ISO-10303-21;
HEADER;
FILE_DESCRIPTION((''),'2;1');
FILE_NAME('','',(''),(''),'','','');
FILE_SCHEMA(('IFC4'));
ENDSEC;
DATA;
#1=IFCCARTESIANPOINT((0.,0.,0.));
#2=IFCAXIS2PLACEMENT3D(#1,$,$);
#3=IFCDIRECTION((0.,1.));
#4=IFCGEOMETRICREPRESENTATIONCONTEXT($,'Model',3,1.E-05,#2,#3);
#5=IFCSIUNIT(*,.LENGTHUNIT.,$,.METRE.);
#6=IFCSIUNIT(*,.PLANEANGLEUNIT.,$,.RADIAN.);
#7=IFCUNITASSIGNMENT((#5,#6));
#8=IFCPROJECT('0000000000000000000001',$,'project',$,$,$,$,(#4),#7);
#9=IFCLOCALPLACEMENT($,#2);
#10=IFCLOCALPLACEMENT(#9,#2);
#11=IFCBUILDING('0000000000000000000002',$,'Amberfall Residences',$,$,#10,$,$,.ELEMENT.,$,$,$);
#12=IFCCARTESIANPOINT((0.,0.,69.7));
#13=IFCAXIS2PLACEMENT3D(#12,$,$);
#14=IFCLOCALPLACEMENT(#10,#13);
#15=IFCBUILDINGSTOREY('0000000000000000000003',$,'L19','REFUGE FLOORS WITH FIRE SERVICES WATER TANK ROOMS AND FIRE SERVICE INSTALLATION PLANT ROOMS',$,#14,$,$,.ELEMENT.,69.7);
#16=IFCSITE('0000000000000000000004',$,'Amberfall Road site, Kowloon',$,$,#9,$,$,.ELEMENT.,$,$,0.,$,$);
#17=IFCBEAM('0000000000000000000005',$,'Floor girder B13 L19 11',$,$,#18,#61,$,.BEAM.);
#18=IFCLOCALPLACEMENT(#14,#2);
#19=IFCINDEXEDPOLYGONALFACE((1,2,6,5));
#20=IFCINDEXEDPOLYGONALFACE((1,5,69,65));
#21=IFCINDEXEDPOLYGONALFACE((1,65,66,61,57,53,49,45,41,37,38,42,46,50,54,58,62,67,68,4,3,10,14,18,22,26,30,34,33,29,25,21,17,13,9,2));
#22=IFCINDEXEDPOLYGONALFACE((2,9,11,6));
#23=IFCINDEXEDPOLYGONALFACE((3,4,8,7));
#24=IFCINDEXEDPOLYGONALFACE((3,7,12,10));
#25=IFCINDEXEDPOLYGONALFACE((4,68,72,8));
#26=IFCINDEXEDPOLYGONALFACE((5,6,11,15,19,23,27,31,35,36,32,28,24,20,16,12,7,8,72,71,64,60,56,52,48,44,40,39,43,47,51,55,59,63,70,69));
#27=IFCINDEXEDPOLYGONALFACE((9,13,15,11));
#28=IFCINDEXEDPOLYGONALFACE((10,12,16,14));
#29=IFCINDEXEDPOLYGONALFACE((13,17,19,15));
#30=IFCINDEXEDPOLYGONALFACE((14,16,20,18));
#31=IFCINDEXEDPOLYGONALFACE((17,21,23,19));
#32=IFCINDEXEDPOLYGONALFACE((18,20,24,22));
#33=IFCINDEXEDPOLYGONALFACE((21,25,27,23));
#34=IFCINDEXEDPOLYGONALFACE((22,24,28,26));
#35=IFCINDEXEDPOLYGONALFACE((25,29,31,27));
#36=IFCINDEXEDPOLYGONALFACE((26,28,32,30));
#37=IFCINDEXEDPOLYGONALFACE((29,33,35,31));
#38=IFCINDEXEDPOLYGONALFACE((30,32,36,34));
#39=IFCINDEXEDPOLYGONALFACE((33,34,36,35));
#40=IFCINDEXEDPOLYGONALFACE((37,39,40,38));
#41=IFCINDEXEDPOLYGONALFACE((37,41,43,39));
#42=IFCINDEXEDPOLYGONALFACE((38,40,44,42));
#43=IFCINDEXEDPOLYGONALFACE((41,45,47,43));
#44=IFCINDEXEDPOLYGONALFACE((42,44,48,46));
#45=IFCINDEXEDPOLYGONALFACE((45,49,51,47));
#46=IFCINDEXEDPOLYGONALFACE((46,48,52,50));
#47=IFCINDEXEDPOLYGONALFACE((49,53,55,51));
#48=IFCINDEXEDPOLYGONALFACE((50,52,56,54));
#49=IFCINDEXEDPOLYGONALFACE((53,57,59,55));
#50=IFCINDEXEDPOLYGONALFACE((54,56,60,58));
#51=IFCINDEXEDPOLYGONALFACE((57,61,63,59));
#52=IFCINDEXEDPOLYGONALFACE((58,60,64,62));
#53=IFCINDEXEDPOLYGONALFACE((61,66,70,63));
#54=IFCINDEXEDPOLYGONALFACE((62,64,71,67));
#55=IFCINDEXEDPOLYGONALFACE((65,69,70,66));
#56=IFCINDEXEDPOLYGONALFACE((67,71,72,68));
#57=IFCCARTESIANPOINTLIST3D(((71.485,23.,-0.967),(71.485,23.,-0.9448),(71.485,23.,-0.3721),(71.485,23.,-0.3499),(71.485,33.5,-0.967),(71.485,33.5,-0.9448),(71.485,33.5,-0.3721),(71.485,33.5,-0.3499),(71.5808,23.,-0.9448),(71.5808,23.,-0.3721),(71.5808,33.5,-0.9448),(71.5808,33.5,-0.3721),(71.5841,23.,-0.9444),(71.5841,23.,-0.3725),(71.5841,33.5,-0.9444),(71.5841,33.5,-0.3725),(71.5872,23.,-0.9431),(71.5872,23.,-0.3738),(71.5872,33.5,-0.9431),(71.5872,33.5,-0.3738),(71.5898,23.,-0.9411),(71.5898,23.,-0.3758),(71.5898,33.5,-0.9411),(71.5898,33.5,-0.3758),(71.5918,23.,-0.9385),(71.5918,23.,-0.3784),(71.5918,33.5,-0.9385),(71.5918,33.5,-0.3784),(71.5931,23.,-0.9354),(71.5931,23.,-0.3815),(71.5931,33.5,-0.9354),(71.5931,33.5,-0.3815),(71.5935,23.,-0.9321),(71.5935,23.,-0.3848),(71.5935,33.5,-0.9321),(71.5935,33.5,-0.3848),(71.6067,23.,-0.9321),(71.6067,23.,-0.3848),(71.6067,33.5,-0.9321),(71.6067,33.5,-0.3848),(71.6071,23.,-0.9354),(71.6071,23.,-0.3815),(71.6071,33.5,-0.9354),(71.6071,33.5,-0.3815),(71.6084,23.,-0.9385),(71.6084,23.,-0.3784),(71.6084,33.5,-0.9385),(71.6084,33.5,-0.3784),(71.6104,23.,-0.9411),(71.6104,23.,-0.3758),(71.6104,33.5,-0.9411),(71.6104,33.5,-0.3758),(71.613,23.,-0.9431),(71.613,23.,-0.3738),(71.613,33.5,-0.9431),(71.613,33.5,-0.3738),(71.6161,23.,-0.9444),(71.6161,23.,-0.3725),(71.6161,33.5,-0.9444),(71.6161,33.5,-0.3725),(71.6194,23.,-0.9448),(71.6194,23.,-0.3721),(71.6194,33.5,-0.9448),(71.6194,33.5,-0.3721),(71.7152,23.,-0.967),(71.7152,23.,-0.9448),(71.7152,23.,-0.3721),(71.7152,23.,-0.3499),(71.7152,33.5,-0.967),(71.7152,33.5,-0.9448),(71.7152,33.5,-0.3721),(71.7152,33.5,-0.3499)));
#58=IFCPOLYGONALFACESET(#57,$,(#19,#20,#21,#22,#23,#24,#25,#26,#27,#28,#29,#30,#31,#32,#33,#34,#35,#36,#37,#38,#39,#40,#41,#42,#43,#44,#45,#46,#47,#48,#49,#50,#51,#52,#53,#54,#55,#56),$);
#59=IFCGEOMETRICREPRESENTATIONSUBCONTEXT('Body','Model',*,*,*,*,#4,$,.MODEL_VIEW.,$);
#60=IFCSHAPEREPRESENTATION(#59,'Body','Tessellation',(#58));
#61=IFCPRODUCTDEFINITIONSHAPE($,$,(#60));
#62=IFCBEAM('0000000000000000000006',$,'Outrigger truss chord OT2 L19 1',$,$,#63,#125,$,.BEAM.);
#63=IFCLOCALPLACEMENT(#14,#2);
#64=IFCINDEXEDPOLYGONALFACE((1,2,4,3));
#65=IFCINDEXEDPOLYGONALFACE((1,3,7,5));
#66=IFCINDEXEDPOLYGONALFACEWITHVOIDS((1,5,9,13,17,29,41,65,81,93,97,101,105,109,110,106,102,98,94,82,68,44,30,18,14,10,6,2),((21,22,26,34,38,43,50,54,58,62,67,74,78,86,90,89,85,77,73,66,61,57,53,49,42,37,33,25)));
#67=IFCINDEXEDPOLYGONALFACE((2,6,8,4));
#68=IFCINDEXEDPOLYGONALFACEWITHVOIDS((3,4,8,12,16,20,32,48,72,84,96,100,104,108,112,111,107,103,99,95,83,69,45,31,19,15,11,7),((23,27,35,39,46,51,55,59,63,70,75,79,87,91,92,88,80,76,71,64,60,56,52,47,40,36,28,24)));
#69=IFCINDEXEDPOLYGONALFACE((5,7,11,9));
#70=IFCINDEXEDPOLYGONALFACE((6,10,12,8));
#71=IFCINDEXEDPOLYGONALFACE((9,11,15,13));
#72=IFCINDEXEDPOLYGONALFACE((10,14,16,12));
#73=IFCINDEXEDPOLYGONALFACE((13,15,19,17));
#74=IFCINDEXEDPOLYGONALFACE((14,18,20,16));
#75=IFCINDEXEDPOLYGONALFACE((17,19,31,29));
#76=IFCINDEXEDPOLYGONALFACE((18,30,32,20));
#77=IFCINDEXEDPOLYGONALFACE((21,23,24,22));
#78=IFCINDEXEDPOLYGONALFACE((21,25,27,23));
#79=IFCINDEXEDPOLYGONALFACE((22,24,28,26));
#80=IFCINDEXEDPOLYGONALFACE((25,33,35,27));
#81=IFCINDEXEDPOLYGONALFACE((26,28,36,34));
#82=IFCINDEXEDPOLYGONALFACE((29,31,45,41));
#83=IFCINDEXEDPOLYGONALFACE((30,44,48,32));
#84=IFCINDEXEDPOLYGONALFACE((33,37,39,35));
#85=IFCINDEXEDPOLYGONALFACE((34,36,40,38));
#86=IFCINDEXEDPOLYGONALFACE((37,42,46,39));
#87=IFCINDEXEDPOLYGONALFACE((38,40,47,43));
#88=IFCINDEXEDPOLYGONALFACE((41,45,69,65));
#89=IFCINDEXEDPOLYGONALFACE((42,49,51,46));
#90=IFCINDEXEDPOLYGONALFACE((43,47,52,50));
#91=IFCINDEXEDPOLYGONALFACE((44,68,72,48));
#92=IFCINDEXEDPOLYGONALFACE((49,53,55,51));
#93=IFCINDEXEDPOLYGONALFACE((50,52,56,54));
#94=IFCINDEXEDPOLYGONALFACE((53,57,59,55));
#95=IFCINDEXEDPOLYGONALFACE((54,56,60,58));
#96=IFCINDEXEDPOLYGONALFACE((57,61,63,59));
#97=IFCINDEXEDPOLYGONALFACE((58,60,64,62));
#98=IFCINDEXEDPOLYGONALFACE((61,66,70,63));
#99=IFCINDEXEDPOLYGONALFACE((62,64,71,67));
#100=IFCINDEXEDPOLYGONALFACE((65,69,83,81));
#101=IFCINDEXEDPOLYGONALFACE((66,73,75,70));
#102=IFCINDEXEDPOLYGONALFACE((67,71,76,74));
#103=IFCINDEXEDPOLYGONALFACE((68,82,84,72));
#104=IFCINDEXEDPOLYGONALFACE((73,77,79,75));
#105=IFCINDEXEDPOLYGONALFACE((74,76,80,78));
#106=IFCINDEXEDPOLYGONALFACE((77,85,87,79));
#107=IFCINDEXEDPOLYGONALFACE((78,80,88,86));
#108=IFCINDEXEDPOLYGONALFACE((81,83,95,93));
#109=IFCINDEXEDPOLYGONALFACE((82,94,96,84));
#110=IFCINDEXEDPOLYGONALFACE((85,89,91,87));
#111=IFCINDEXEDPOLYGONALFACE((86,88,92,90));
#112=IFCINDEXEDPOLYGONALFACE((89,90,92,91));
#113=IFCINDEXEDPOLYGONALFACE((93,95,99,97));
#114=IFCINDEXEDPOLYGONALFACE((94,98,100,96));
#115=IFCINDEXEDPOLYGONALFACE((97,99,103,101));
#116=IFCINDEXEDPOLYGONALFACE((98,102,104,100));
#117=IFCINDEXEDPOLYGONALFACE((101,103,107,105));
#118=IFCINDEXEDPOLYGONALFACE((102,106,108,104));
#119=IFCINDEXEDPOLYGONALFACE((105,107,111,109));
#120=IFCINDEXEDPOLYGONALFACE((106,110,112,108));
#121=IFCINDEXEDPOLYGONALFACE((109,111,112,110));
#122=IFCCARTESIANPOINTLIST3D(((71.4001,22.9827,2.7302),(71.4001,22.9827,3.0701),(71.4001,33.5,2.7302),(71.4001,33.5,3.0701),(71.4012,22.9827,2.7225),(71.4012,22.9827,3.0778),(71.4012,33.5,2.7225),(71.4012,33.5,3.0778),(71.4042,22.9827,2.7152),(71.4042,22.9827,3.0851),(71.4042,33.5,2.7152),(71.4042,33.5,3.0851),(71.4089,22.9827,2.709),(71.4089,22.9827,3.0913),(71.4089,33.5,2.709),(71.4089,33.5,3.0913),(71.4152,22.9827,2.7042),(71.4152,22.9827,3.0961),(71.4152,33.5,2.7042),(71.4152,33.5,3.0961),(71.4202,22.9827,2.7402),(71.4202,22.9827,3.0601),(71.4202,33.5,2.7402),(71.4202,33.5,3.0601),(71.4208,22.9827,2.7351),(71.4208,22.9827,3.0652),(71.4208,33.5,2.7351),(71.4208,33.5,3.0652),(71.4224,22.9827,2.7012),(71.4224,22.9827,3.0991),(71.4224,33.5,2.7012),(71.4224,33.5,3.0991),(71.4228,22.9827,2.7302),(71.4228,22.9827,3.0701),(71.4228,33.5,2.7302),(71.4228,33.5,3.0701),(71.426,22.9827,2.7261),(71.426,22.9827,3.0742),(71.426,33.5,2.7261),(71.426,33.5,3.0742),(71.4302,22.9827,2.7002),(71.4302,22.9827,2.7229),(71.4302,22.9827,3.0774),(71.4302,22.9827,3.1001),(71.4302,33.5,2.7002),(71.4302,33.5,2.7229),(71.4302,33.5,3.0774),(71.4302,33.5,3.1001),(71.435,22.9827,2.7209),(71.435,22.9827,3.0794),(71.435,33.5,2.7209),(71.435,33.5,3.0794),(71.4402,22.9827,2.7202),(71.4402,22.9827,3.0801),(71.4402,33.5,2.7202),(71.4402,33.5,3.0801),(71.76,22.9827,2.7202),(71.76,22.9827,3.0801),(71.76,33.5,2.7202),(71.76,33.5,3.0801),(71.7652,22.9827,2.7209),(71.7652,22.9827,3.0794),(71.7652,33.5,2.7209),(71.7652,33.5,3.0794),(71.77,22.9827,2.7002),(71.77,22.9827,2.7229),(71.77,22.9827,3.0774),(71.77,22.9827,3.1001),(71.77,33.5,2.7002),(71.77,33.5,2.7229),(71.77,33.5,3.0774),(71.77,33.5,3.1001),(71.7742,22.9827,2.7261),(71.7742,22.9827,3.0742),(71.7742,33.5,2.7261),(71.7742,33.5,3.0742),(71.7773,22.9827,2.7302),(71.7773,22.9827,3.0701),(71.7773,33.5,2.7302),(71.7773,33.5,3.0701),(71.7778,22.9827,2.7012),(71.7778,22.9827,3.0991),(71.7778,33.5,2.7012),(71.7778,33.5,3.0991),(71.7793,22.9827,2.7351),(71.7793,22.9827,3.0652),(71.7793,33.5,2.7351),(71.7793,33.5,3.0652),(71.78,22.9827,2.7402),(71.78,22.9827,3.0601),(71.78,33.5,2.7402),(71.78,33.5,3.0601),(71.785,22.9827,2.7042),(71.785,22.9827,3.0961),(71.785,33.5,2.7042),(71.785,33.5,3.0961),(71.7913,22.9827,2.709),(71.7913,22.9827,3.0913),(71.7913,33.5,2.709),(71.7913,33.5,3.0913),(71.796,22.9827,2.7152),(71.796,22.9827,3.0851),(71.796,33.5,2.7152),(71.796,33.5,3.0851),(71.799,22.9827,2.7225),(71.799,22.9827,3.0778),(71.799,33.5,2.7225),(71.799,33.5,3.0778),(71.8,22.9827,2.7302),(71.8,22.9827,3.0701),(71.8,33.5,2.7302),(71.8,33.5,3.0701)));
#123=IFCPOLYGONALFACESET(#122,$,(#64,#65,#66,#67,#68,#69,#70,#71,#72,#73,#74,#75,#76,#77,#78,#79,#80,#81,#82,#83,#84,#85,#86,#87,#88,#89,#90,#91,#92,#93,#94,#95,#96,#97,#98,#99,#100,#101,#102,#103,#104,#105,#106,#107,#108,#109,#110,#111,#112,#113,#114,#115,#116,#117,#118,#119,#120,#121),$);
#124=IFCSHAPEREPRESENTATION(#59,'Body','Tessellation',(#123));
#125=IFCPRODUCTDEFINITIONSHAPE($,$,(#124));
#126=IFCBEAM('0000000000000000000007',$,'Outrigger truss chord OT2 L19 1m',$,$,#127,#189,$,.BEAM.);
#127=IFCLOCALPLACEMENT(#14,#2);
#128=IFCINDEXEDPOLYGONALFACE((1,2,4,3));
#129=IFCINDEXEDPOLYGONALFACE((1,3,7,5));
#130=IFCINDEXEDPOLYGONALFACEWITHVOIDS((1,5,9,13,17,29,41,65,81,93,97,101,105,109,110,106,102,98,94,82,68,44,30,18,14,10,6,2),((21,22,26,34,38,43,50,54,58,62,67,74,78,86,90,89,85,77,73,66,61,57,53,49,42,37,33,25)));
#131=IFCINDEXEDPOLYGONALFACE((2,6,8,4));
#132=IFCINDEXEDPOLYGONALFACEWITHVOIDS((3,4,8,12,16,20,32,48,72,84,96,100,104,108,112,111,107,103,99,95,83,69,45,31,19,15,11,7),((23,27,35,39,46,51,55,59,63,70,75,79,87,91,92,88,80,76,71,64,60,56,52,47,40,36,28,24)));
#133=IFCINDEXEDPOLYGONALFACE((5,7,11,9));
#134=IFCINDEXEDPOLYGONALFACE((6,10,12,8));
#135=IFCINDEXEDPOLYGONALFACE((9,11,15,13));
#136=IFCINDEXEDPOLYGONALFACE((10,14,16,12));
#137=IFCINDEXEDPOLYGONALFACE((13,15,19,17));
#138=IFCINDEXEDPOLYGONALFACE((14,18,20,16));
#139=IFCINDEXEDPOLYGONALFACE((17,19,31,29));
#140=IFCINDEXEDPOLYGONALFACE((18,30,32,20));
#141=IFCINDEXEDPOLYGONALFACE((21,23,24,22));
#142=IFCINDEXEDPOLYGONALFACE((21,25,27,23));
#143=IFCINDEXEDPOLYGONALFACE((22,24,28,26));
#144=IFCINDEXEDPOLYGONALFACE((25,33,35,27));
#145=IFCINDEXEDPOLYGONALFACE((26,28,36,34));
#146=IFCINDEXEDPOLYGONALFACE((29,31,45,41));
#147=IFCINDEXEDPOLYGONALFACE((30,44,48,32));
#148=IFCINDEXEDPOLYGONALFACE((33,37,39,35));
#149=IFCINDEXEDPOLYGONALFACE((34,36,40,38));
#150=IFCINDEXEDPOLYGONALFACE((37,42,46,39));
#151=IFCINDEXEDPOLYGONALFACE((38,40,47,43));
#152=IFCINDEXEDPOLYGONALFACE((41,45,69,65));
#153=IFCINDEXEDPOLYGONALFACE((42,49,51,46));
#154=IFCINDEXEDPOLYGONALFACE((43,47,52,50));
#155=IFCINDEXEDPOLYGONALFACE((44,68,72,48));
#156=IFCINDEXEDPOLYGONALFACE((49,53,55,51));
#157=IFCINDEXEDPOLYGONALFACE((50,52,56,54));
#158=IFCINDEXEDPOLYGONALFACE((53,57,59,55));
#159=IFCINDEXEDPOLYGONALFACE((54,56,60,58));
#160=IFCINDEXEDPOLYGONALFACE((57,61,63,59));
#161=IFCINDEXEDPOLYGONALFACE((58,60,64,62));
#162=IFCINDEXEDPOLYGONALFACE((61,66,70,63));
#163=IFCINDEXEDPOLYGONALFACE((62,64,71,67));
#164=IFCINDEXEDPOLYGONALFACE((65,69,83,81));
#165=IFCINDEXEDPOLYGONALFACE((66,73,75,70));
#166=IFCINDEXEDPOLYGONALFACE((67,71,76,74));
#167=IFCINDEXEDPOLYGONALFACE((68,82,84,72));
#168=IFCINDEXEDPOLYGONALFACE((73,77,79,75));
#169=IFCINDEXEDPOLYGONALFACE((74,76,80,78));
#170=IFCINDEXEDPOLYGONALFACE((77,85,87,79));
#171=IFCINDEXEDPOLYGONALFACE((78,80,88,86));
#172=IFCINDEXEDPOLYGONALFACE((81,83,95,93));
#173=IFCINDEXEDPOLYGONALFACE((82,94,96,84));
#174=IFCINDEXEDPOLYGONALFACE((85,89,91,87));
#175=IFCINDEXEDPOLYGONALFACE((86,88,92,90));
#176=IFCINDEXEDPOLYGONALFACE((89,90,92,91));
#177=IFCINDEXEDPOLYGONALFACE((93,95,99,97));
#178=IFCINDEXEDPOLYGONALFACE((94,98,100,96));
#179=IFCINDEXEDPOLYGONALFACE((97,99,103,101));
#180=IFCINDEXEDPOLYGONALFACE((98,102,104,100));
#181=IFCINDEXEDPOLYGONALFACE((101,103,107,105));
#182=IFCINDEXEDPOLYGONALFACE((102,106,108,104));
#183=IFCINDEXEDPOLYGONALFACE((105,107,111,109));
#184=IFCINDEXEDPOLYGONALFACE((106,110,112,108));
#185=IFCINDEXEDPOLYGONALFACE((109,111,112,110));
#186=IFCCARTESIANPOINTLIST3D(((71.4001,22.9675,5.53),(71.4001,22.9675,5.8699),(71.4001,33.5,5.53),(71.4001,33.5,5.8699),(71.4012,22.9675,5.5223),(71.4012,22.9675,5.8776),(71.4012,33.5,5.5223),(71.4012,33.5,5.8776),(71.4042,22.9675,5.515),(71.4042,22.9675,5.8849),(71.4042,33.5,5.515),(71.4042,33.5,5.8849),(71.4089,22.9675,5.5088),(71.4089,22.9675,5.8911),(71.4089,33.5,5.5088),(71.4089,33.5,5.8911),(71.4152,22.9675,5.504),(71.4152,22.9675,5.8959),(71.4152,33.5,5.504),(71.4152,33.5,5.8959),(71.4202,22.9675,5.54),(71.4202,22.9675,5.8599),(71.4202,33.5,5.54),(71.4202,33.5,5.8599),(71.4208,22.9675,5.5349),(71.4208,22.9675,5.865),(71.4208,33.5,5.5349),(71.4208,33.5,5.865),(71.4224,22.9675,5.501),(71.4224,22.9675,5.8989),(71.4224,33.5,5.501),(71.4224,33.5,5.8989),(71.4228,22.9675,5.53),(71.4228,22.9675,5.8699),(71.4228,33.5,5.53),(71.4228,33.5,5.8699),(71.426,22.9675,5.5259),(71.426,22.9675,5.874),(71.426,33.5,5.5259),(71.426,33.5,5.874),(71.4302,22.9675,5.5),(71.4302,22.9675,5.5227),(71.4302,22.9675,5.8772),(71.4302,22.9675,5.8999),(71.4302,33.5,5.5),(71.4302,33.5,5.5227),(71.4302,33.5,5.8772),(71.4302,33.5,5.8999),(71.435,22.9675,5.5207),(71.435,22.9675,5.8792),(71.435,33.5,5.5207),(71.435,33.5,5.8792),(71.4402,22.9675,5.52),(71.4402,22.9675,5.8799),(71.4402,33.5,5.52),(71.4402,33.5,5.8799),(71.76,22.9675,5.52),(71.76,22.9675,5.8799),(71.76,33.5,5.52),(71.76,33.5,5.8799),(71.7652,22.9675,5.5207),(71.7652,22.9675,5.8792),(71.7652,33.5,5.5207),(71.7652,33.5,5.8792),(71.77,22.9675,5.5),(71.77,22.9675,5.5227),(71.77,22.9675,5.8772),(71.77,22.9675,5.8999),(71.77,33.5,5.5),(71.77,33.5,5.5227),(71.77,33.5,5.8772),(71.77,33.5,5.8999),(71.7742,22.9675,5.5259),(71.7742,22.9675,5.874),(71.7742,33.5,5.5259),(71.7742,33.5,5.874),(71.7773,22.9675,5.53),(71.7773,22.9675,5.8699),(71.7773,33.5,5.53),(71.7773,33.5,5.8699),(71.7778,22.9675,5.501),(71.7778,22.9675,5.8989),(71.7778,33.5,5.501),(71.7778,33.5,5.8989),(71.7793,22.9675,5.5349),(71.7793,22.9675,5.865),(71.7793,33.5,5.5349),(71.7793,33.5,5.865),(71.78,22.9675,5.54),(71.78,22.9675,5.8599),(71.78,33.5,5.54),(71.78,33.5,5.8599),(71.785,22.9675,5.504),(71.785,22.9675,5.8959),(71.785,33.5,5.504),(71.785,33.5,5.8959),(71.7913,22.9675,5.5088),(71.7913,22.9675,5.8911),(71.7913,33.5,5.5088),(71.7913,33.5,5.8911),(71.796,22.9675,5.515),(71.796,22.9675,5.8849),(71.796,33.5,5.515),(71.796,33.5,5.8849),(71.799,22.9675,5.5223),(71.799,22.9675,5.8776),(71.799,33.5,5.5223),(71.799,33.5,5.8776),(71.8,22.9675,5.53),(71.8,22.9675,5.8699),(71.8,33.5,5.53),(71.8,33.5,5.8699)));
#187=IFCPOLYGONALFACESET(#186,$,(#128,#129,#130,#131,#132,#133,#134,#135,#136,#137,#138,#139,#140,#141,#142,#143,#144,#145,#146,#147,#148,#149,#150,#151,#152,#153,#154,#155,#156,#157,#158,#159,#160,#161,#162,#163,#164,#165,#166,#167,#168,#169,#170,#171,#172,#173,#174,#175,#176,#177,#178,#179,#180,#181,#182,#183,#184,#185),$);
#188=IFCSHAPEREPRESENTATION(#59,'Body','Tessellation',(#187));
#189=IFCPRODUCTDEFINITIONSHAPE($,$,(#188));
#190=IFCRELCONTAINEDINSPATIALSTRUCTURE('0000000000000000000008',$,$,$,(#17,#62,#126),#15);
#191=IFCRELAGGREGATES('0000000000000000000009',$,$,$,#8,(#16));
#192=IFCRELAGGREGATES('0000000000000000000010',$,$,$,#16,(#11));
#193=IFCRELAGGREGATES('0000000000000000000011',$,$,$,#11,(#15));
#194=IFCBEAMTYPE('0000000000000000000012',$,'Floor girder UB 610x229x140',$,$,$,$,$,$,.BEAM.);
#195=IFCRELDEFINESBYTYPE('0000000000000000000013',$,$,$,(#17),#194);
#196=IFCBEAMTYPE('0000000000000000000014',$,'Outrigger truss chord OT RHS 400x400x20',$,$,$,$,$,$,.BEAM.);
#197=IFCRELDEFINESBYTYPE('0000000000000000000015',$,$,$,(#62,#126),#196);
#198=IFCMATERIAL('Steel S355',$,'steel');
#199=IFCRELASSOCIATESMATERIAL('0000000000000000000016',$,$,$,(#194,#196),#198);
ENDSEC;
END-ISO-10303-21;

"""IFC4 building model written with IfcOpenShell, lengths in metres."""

from ifc_helpers import new_model, si_unit, direction, frame, origin, origin_2d, place, context, subcontext, project, spatial, hollow_rectangle, i_section, extrude, material, material_profile, profile_set, type_object, element, save


model = new_model("IFC4")

# Units and contexts
model_context = context("Model", 3, precision=1e-05, world=origin(), true_north=direction((0.0, 1.0)))
body_context = subcontext(model_context, "Body", "Model", "MODEL_VIEW")
ifc_project = project(units=[si_unit("LENGTHUNIT", "METRE"), si_unit("PLANEANGLEUNIT", "RADIAN")], contexts=[model_context])

# Site, building, storey
site_placement = place(None, origin())
site = spatial("IfcSite", under=ifc_project, at=site_placement, Name="Amberfall Road site, Kowloon", CompositionType="ELEMENT", RefElevation=0.0)
building_placement = place(site_placement, origin())
building = spatial("IfcBuilding", under=site, at=building_placement, Name="Amberfall Residences", CompositionType="ELEMENT")
storey_placement = place(building_placement, frame((0.0, 0.0, 69.7)))
storey = spatial("IfcBuildingStorey", under=building, at=storey_placement, Name="L19", Description="REFUGE FLOORS WITH FIRE SERVICES WATER TANK ROOMS AND FIRE SERVICE INSTALLATION PLANT ROOMS", CompositionType="ELEMENT", Elevation=69.7)

# Shared definitions
ifc_material_1 = material(Name="Steel S355", Category="steel")

# Beams
ifc_material_profile_1 = material_profile(ifc_material_1, i_section(OverallWidth=0.2302, OverallDepth=0.6172, WebThickness=0.0132, FlangeThickness=0.0222, FilletRadius=0.0127, at=origin_2d()), Name="UB 610x229x140")
ifc_profile_set_1 = profile_set([ifc_material_profile_1], Name="Steel S355")
beam_type_1 = type_object("IfcBeamType", Name="Floor girder UB 610x229x140", PredefinedType="BEAM", material=ifc_profile_set_1)
for number, where, z_axis, x_axis, name in (
    (1, (71.6001, 23.0, -0.6584), (0.0, 1.0, 0.0), (-1.0, 0.0, 0.0), "Floor girder B13 L19 11"),
):
    element("IfcBeam", number, at=place(storey_placement, frame(where, z_axis=z_axis, x_axis=x_axis)), inside=storey, type_object=beam_type_1, Name=name, PredefinedType="BEAM", context=body_context, shape_type="SweptSolid", body=[
        extrude(i_section(OverallWidth=0.2302, OverallDepth=0.6172, WebThickness=0.0132, FlangeThickness=0.0222, FilletRadius=0.0127, at=origin_2d()), origin(), (0.0, 0.0, 1.0), 10.5),
    ])
ifc_material_profile_2 = material_profile(ifc_material_1, hollow_rectangle(XDim=0.3999, YDim=0.3999, WallThickness=0.02, InnerFilletRadius=0.02, OuterFilletRadius=0.03, at=origin_2d()), Name="RHS 400x400x20")
ifc_profile_set_2 = profile_set([ifc_material_profile_2], Name="Steel S355")
beam_type_2 = type_object("IfcBeamType", Name="Outrigger truss chord OT RHS 400x400x20", PredefinedType="BEAM", material=ifc_profile_set_2)
beam_1_placement = place(storey_placement, frame((71.6001, 22.9827, 2.9001), z_axis=(0.0, 1.0, 0.0), x_axis=(-1.0, 0.0, 0.0)))
element("IfcBeam", 2, at=beam_1_placement, inside=storey, type_object=beam_type_2, Name="Outrigger truss chord OT2 L19 1", PredefinedType="BEAM", context=body_context, shape_type="SweptSolid", body=[
    extrude(hollow_rectangle(XDim=0.3999, YDim=0.3999, WallThickness=0.02, InnerFilletRadius=0.02, OuterFilletRadius=0.03, at=origin_2d()), origin(), (0.0, 0.0, 1.0), 10.5173),
])
beam_2_placement = place(storey_placement, frame((71.6001, 22.9675, 5.7), z_axis=(0.0, 1.0, 0.0), x_axis=(-1.0, 0.0, 0.0)))
element("IfcBeam", 3, at=beam_2_placement, inside=storey, type_object=beam_type_2, Name="Outrigger truss chord OT2 L19 1m", PredefinedType="BEAM", context=body_context, shape_type="SweptSolid", body=[
    extrude(hollow_rectangle(XDim=0.3999, YDim=0.3999, WallThickness=0.02, InnerFilletRadius=0.02, OuterFilletRadius=0.03, at=origin_2d()), origin(), (0.0, 0.0, 1.0), 10.5325),
])

save(model, "model.ifc")
